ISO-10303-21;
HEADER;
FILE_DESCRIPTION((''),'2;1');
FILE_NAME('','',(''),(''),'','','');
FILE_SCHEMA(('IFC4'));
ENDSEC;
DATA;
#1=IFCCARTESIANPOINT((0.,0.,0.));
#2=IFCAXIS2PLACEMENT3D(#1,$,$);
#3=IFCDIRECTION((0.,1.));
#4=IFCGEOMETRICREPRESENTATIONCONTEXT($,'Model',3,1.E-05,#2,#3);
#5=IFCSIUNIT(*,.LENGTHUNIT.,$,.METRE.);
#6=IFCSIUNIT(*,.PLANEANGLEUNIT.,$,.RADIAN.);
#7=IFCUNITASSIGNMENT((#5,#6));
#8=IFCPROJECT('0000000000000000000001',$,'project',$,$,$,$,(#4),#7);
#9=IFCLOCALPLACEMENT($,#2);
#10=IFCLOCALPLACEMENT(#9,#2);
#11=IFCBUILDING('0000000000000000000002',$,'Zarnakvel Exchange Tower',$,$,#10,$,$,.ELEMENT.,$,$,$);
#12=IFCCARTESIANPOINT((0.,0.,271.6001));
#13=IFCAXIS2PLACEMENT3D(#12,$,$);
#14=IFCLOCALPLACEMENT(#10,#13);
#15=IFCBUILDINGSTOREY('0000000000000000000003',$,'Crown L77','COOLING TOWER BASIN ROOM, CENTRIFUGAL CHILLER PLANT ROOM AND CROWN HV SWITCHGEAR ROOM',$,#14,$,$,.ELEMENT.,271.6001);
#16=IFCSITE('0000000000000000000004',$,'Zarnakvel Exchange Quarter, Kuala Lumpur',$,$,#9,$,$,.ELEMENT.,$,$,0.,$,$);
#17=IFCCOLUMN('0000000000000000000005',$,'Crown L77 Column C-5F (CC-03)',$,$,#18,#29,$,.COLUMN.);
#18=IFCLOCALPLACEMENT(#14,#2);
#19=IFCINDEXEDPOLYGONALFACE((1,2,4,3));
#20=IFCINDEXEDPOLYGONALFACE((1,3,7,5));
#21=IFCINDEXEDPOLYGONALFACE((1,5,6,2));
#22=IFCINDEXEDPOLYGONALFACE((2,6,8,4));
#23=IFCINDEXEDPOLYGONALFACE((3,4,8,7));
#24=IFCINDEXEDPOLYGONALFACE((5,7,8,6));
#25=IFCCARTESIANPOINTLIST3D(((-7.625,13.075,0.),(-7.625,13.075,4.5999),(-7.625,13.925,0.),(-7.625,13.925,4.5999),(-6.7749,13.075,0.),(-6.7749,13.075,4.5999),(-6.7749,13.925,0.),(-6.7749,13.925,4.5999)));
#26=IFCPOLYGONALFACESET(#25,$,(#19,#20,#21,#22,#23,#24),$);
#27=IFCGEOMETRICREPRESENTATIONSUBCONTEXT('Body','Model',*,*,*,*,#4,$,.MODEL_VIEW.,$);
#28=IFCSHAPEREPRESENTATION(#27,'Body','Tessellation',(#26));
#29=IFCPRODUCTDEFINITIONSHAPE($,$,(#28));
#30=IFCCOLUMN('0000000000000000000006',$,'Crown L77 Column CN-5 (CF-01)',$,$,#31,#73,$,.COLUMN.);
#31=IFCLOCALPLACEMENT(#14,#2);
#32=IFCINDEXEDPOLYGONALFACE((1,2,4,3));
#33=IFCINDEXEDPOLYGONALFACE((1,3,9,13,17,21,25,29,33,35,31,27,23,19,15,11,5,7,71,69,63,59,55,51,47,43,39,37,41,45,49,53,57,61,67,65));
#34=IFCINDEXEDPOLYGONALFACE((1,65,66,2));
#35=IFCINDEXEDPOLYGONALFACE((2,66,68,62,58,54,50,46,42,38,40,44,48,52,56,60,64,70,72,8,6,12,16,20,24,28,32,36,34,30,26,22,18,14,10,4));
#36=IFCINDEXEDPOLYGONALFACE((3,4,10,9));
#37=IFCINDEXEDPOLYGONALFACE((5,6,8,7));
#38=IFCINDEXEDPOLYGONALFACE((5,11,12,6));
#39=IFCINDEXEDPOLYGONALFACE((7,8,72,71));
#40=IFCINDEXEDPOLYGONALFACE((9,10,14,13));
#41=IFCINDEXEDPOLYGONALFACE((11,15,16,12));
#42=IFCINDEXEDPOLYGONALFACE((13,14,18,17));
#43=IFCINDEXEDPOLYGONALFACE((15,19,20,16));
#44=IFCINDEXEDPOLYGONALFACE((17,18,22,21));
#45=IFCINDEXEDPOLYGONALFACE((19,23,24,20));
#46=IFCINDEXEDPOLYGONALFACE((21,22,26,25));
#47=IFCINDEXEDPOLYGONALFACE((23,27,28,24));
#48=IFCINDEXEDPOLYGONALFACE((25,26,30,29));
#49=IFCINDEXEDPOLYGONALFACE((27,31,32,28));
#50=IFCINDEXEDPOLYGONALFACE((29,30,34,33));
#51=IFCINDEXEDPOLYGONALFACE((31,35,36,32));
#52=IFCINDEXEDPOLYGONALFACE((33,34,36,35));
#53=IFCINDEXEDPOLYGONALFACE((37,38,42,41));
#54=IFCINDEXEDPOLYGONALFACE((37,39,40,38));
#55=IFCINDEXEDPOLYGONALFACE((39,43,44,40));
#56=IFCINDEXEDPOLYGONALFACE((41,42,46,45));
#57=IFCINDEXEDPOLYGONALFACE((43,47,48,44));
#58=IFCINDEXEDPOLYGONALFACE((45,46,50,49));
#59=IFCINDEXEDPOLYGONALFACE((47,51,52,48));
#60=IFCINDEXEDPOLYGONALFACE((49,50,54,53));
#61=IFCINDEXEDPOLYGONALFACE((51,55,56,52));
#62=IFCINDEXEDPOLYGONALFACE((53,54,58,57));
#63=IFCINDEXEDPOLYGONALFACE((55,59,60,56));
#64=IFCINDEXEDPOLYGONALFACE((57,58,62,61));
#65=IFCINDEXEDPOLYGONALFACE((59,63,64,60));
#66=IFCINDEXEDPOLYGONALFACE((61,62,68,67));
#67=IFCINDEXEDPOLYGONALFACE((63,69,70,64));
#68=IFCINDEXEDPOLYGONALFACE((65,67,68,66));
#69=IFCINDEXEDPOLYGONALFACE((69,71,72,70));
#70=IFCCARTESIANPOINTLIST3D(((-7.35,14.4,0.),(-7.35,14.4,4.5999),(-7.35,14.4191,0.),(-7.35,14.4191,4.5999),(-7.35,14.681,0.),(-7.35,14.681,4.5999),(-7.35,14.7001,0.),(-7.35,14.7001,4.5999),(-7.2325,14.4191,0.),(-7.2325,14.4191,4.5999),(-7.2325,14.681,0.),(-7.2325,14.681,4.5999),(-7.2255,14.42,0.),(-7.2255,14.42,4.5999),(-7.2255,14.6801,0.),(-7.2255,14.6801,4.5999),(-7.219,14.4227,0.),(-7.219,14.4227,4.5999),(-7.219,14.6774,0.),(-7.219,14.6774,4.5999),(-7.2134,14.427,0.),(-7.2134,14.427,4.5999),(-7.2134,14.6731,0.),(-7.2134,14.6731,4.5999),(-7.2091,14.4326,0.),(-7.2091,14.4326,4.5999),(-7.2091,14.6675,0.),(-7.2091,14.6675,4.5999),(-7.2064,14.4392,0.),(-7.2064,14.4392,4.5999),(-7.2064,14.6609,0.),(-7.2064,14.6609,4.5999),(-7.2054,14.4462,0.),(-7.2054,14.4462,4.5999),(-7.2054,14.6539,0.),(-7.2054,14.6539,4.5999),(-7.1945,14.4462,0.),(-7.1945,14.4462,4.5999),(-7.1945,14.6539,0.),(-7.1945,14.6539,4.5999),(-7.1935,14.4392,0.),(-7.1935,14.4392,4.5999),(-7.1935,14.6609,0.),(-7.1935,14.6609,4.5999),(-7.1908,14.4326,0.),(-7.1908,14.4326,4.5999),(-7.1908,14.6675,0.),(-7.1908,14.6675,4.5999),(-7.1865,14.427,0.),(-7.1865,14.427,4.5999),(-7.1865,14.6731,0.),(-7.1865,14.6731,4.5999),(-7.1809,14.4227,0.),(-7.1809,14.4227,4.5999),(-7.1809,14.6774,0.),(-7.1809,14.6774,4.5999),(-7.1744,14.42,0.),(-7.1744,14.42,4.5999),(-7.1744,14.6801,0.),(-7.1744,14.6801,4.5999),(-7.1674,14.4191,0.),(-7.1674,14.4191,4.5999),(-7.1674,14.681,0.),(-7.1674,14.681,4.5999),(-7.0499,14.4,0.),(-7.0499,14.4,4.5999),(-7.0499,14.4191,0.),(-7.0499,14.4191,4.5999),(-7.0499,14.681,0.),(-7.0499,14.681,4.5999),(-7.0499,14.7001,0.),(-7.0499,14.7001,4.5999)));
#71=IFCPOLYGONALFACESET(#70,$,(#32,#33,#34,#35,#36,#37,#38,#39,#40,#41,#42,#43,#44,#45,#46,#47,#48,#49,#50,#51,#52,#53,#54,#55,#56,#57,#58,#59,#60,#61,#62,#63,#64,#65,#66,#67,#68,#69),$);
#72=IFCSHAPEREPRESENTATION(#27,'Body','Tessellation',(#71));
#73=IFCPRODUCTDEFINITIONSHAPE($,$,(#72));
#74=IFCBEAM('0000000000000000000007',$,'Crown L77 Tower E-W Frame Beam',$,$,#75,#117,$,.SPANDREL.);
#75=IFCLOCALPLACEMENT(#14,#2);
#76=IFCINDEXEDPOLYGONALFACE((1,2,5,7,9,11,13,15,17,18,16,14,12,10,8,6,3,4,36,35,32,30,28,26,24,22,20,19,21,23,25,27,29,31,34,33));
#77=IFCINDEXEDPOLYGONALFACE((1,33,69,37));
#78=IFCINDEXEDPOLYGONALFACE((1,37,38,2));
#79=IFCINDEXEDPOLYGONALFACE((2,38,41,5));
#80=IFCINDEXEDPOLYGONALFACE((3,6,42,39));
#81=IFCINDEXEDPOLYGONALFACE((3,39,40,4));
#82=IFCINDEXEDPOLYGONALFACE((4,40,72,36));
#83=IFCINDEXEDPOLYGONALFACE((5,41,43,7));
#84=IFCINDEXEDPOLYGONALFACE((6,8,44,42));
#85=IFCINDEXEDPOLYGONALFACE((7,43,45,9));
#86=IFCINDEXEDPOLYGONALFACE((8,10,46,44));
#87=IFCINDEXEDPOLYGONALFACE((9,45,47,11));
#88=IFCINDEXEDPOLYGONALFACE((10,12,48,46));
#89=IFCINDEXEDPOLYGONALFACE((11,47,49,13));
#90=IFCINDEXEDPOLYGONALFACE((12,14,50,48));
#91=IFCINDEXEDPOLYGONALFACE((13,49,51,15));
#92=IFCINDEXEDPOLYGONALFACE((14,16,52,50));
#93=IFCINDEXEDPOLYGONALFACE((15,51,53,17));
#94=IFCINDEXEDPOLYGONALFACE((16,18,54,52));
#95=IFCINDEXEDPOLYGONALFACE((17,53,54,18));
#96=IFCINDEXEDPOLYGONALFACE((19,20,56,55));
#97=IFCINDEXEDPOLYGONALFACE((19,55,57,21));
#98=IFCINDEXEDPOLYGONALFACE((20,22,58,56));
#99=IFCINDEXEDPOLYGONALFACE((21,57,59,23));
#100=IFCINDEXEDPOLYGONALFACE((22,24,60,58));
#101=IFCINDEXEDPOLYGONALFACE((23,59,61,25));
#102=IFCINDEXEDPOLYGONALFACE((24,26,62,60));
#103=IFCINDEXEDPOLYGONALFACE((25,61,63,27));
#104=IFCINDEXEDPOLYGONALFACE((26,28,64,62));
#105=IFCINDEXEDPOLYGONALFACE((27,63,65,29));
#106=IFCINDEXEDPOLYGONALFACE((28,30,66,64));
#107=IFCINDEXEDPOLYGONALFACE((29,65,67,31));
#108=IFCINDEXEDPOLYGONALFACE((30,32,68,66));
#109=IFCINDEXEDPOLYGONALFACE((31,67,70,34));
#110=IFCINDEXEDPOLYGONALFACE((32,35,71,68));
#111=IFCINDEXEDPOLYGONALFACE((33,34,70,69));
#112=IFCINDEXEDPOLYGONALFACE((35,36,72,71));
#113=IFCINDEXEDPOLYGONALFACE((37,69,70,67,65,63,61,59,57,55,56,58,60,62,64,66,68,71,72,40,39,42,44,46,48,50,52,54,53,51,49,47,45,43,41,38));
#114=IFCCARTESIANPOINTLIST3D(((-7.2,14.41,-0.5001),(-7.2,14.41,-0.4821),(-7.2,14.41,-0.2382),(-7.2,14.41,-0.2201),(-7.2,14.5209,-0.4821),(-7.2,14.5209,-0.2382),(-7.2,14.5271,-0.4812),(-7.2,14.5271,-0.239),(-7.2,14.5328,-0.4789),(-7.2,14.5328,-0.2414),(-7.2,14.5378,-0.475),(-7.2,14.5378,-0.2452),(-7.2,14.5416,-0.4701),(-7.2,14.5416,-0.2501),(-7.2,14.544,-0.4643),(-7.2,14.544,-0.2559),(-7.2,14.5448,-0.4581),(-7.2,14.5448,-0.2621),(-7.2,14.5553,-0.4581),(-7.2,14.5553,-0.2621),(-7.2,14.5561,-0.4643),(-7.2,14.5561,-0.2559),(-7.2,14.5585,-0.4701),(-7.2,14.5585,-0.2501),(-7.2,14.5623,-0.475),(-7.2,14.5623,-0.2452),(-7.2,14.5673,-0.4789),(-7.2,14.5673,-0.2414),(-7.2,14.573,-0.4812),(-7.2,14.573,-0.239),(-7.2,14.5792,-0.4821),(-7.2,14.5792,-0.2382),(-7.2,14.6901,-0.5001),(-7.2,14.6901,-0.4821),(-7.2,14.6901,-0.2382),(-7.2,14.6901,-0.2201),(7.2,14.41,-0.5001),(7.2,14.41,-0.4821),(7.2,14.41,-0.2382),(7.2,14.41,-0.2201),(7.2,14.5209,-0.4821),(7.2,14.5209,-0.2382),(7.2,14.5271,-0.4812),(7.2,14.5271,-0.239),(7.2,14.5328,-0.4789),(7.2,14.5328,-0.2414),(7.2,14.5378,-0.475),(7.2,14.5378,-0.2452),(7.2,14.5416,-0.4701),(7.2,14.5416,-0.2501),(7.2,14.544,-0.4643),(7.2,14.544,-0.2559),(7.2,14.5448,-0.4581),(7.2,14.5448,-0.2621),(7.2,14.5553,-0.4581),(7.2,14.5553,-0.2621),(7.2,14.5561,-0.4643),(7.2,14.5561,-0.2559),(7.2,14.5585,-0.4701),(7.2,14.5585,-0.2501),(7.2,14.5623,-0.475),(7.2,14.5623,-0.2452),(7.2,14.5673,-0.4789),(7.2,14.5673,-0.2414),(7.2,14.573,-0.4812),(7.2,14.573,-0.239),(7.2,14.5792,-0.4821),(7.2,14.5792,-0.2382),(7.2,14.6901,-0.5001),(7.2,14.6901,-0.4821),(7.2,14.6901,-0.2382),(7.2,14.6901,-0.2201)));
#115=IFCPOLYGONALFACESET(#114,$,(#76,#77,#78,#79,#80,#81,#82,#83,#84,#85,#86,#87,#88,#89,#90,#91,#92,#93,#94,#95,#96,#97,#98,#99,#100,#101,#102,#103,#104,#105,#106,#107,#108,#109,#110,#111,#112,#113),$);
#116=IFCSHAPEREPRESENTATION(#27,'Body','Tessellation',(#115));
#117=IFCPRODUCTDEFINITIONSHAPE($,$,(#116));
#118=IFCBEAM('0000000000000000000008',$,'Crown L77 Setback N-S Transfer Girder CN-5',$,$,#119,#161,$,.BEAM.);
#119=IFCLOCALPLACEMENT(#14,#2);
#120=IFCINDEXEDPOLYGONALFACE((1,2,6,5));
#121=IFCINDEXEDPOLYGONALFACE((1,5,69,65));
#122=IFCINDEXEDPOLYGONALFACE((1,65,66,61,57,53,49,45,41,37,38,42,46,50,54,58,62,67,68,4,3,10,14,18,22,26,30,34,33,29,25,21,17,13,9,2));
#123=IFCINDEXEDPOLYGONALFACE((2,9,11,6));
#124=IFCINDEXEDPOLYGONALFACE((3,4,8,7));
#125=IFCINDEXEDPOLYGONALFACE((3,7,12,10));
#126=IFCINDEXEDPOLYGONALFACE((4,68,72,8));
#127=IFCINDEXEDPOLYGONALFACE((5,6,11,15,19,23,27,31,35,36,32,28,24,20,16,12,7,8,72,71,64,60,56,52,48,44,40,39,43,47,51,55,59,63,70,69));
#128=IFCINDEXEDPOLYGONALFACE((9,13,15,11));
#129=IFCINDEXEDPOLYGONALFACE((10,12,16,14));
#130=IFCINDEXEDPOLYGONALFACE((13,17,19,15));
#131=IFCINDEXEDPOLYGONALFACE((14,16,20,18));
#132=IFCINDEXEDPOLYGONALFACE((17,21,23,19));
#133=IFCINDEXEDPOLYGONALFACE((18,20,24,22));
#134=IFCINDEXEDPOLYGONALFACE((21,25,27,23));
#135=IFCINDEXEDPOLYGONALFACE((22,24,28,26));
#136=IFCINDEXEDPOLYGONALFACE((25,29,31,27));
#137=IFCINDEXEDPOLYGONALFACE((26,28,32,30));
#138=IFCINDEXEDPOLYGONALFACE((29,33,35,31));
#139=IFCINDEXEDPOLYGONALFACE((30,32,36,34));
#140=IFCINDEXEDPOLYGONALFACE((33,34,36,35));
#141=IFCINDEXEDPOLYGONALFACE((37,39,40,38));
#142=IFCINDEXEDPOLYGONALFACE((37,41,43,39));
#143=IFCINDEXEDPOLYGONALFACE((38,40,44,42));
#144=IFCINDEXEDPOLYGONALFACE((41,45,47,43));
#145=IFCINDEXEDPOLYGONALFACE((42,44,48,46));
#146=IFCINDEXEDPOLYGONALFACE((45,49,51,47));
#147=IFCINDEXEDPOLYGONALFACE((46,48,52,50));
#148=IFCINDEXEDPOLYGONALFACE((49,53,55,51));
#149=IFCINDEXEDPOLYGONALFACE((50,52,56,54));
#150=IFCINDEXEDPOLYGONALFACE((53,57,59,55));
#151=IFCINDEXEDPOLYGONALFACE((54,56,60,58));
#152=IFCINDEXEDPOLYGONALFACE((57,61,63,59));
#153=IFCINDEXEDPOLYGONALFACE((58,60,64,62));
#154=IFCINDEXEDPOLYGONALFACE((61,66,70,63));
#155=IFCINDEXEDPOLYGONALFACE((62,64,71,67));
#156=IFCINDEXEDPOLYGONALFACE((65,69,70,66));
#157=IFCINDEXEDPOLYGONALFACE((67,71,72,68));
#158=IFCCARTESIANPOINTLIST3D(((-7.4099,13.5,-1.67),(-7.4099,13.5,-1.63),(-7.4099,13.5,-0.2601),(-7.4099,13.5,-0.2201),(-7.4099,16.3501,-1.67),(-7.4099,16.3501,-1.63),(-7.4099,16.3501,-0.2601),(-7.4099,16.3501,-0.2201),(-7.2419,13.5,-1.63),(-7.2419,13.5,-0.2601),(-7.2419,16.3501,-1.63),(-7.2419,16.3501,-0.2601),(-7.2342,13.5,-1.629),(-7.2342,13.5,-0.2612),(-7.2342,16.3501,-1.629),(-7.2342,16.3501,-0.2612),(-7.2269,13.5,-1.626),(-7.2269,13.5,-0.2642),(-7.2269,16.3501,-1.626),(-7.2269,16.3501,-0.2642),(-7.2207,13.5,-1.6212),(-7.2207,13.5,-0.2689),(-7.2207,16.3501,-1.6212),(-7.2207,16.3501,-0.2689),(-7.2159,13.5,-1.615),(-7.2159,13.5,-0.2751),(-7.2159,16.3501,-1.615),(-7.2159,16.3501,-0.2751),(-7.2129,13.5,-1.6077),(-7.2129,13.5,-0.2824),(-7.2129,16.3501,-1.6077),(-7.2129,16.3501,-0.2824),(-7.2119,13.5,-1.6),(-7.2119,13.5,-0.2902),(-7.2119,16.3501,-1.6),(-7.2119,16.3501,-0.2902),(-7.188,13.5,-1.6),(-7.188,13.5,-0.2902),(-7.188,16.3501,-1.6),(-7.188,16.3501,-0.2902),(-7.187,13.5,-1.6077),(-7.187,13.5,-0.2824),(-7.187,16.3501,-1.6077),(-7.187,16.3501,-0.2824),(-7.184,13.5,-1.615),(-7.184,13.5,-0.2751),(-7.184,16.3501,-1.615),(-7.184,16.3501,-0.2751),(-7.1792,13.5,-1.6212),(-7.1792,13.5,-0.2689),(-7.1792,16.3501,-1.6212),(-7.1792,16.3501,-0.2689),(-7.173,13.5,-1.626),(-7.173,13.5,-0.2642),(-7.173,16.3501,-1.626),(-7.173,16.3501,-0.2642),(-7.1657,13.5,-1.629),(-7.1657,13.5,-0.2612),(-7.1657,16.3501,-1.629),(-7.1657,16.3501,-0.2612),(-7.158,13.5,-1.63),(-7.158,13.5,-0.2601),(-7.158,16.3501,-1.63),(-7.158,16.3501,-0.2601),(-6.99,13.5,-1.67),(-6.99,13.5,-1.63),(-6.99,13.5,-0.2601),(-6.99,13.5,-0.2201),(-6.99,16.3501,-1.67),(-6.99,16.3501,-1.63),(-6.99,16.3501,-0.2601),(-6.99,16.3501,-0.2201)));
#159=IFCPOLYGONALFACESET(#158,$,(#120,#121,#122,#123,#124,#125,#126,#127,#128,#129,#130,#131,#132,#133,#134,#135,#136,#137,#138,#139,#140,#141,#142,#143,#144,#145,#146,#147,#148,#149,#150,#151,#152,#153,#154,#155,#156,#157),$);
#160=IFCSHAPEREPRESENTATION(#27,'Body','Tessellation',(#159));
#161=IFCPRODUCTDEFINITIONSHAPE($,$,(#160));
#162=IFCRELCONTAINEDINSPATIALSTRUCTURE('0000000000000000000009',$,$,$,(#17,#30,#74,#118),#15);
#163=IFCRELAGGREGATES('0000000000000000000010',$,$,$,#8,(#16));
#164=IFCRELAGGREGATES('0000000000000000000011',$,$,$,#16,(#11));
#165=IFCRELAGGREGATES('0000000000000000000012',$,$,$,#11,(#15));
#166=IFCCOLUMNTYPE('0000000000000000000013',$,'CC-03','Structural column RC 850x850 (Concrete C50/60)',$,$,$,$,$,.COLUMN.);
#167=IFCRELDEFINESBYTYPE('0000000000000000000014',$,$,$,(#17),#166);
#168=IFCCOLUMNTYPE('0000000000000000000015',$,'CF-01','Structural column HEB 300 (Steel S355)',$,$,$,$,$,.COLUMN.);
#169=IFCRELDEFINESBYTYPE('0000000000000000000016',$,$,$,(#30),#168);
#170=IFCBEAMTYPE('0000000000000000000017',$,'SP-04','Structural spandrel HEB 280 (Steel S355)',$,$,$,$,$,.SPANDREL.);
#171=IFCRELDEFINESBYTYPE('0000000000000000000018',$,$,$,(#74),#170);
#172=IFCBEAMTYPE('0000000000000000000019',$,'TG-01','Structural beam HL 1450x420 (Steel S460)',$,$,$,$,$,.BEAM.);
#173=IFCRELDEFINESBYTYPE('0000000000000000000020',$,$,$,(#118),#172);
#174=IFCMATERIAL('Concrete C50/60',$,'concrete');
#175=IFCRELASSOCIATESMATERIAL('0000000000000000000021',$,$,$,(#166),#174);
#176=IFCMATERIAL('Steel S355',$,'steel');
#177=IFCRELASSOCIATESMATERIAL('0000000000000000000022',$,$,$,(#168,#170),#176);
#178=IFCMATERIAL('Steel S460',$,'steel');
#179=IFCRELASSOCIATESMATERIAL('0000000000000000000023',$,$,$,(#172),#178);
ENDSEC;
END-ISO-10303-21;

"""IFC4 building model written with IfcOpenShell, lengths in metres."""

from ifc_helpers import new_model, si_unit, direction, frame, origin, origin_2d, place, context, subcontext, project, spatial, rectangle, i_section, extrude, material, material_profile, profile_set, type_object, element, save


model = new_model("IFC4")

# Units and contexts
model_context = context("Model", 3, precision=1e-05, world=origin(), true_north=direction((0.0, 1.0)))
body_context = subcontext(model_context, "Body", "Model", "MODEL_VIEW")
ifc_project = project(units=[si_unit("LENGTHUNIT", "METRE"), si_unit("PLANEANGLEUNIT", "RADIAN")], contexts=[model_context])

# Site, building, storey
site_placement = place(None, origin())
site = spatial("IfcSite", under=ifc_project, at=site_placement, Name="Zarnakvel Exchange Quarter, Kuala Lumpur", CompositionType="ELEMENT", RefElevation=0.0)
building_placement = place(site_placement, origin())
building = spatial("IfcBuilding", under=site, at=building_placement, Name="Zarnakvel Exchange Tower", CompositionType="ELEMENT")
storey_placement = place(building_placement, frame((0.0, 0.0, 271.6001)))
storey = spatial("IfcBuildingStorey", under=building, at=storey_placement, Name="Crown L77", Description="COOLING TOWER BASIN ROOM, CENTRIFUGAL CHILLER PLANT ROOM AND CROWN HV SWITCHGEAR ROOM", CompositionType="ELEMENT", Elevation=271.6001)

# Columns
ifc_material_1 = material(Name="Concrete C50/60", Category="concrete")
ifc_material_profile_1 = material_profile(ifc_material_1, rectangle(XDim=0.8501, YDim=0.8501, at=origin_2d()))
ifc_profile_set_1 = profile_set([ifc_material_profile_1], Name="Concrete C50/60")
column_type_1 = type_object("IfcColumnType", Name="CC-03", Description="Structural column RC 850x850 (Concrete C50/60)", PredefinedType="COLUMN", material=ifc_profile_set_1)
column_1_placement = place(storey_placement, frame((-7.2, 13.5, 0.0), z_axis=(0.0, 0.0, 1.0), x_axis=(1.0, 0.0, 0.0)))
element("IfcColumn", 1, at=column_1_placement, inside=storey, type_object=column_type_1, Name="Crown L77 Column C-5F (CC-03)", PredefinedType="COLUMN", context=body_context, shape_type="SweptSolid", body=[
    extrude(rectangle(XDim=0.8501, YDim=0.8501, at=origin_2d()), origin(), (0.0, 0.0, 1.0), 4.5999),
])
ifc_material_2 = material(Name="Steel S355", Category="steel")
ifc_material_profile_2 = material_profile(ifc_material_2, i_section(OverallWidth=0.3, OverallDepth=0.3, WebThickness=0.011, FlangeThickness=0.019, FilletRadius=0.0271, at=origin_2d()))
ifc_profile_set_2 = profile_set([ifc_material_profile_2], Name="Steel S355")
column_type_2 = type_object("IfcColumnType", Name="CF-01", Description="Structural column HEB 300 (Steel S355)", PredefinedType="COLUMN", material=ifc_profile_set_2)
column_2_placement = place(storey_placement, frame((-7.2, 14.55, 0.0), z_axis=(0.0, 0.0, 1.0), x_axis=(1.0, 0.0, 0.0)))
element("IfcColumn", 2, at=column_2_placement, inside=storey, type_object=column_type_2, Name="Crown L77 Column CN-5 (CF-01)", PredefinedType="COLUMN", context=body_context, shape_type="SweptSolid", body=[
    extrude(i_section(OverallWidth=0.3, OverallDepth=0.3, WebThickness=0.011, FlangeThickness=0.019, FilletRadius=0.0271, at=origin_2d()), origin(), (0.0, 0.0, 1.0), 4.5999),
])

# Beams
ifc_material_profile_3 = material_profile(ifc_material_2, i_section(OverallWidth=0.28, OverallDepth=0.28, WebThickness=0.0105, FlangeThickness=0.0181, FilletRadius=0.0239, at=origin_2d()))
ifc_profile_set_3 = profile_set([ifc_material_profile_3], Name="Steel S355")
beam_type_1 = type_object("IfcBeamType", Name="SP-04", Description="Structural spandrel HEB 280 (Steel S355)", PredefinedType="SPANDREL", material=ifc_profile_set_3)
beam_1_placement = place(storey_placement, frame((-7.2, 14.55, -0.3601), z_axis=(1.0, 0.0, 0.0), x_axis=(0.0, 1.0, 0.0)))
element("IfcBeam", 3, at=beam_1_placement, inside=storey, type_object=beam_type_1, Name="Crown L77 Tower E-W Frame Beam", PredefinedType="SPANDREL", context=body_context, shape_type="SweptSolid", body=[
    extrude(i_section(OverallWidth=0.28, OverallDepth=0.28, WebThickness=0.0105, FlangeThickness=0.0181, FilletRadius=0.0239, at=origin_2d()), origin(), (0.0, 0.0, 1.0), 14.3999),
])
ifc_material_3 = material(Name="Steel S460", Category="steel")
ifc_material_profile_4 = material_profile(ifc_material_3, i_section(OverallWidth=0.4199, OverallDepth=1.45, WebThickness=0.0239, FlangeThickness=0.04, FilletRadius=0.03, at=origin_2d()))
ifc_profile_set_4 = profile_set([ifc_material_profile_4], Name="Steel S460")
beam_type_2 = type_object("IfcBeamType", Name="TG-01", Description="Structural beam HL 1450x420 (Steel S460)", PredefinedType="BEAM", material=ifc_profile_set_4)
beam_2_placement = place(storey_placement, frame((-7.2, 13.5, -0.9451), z_axis=(0.0, 1.0, 0.0), x_axis=(-1.0, 0.0, 0.0)))
element("IfcBeam", 4, at=beam_2_placement, inside=storey, type_object=beam_type_2, Name="Crown L77 Setback N-S Transfer Girder CN-5", PredefinedType="BEAM", context=body_context, shape_type="SweptSolid", body=[
    extrude(i_section(OverallWidth=0.4199, OverallDepth=1.45, WebThickness=0.0239, FlangeThickness=0.04, FilletRadius=0.03, at=origin_2d()), origin(), (0.0, 0.0, 1.0), 2.8501),
])

save(model, "model.ifc")
